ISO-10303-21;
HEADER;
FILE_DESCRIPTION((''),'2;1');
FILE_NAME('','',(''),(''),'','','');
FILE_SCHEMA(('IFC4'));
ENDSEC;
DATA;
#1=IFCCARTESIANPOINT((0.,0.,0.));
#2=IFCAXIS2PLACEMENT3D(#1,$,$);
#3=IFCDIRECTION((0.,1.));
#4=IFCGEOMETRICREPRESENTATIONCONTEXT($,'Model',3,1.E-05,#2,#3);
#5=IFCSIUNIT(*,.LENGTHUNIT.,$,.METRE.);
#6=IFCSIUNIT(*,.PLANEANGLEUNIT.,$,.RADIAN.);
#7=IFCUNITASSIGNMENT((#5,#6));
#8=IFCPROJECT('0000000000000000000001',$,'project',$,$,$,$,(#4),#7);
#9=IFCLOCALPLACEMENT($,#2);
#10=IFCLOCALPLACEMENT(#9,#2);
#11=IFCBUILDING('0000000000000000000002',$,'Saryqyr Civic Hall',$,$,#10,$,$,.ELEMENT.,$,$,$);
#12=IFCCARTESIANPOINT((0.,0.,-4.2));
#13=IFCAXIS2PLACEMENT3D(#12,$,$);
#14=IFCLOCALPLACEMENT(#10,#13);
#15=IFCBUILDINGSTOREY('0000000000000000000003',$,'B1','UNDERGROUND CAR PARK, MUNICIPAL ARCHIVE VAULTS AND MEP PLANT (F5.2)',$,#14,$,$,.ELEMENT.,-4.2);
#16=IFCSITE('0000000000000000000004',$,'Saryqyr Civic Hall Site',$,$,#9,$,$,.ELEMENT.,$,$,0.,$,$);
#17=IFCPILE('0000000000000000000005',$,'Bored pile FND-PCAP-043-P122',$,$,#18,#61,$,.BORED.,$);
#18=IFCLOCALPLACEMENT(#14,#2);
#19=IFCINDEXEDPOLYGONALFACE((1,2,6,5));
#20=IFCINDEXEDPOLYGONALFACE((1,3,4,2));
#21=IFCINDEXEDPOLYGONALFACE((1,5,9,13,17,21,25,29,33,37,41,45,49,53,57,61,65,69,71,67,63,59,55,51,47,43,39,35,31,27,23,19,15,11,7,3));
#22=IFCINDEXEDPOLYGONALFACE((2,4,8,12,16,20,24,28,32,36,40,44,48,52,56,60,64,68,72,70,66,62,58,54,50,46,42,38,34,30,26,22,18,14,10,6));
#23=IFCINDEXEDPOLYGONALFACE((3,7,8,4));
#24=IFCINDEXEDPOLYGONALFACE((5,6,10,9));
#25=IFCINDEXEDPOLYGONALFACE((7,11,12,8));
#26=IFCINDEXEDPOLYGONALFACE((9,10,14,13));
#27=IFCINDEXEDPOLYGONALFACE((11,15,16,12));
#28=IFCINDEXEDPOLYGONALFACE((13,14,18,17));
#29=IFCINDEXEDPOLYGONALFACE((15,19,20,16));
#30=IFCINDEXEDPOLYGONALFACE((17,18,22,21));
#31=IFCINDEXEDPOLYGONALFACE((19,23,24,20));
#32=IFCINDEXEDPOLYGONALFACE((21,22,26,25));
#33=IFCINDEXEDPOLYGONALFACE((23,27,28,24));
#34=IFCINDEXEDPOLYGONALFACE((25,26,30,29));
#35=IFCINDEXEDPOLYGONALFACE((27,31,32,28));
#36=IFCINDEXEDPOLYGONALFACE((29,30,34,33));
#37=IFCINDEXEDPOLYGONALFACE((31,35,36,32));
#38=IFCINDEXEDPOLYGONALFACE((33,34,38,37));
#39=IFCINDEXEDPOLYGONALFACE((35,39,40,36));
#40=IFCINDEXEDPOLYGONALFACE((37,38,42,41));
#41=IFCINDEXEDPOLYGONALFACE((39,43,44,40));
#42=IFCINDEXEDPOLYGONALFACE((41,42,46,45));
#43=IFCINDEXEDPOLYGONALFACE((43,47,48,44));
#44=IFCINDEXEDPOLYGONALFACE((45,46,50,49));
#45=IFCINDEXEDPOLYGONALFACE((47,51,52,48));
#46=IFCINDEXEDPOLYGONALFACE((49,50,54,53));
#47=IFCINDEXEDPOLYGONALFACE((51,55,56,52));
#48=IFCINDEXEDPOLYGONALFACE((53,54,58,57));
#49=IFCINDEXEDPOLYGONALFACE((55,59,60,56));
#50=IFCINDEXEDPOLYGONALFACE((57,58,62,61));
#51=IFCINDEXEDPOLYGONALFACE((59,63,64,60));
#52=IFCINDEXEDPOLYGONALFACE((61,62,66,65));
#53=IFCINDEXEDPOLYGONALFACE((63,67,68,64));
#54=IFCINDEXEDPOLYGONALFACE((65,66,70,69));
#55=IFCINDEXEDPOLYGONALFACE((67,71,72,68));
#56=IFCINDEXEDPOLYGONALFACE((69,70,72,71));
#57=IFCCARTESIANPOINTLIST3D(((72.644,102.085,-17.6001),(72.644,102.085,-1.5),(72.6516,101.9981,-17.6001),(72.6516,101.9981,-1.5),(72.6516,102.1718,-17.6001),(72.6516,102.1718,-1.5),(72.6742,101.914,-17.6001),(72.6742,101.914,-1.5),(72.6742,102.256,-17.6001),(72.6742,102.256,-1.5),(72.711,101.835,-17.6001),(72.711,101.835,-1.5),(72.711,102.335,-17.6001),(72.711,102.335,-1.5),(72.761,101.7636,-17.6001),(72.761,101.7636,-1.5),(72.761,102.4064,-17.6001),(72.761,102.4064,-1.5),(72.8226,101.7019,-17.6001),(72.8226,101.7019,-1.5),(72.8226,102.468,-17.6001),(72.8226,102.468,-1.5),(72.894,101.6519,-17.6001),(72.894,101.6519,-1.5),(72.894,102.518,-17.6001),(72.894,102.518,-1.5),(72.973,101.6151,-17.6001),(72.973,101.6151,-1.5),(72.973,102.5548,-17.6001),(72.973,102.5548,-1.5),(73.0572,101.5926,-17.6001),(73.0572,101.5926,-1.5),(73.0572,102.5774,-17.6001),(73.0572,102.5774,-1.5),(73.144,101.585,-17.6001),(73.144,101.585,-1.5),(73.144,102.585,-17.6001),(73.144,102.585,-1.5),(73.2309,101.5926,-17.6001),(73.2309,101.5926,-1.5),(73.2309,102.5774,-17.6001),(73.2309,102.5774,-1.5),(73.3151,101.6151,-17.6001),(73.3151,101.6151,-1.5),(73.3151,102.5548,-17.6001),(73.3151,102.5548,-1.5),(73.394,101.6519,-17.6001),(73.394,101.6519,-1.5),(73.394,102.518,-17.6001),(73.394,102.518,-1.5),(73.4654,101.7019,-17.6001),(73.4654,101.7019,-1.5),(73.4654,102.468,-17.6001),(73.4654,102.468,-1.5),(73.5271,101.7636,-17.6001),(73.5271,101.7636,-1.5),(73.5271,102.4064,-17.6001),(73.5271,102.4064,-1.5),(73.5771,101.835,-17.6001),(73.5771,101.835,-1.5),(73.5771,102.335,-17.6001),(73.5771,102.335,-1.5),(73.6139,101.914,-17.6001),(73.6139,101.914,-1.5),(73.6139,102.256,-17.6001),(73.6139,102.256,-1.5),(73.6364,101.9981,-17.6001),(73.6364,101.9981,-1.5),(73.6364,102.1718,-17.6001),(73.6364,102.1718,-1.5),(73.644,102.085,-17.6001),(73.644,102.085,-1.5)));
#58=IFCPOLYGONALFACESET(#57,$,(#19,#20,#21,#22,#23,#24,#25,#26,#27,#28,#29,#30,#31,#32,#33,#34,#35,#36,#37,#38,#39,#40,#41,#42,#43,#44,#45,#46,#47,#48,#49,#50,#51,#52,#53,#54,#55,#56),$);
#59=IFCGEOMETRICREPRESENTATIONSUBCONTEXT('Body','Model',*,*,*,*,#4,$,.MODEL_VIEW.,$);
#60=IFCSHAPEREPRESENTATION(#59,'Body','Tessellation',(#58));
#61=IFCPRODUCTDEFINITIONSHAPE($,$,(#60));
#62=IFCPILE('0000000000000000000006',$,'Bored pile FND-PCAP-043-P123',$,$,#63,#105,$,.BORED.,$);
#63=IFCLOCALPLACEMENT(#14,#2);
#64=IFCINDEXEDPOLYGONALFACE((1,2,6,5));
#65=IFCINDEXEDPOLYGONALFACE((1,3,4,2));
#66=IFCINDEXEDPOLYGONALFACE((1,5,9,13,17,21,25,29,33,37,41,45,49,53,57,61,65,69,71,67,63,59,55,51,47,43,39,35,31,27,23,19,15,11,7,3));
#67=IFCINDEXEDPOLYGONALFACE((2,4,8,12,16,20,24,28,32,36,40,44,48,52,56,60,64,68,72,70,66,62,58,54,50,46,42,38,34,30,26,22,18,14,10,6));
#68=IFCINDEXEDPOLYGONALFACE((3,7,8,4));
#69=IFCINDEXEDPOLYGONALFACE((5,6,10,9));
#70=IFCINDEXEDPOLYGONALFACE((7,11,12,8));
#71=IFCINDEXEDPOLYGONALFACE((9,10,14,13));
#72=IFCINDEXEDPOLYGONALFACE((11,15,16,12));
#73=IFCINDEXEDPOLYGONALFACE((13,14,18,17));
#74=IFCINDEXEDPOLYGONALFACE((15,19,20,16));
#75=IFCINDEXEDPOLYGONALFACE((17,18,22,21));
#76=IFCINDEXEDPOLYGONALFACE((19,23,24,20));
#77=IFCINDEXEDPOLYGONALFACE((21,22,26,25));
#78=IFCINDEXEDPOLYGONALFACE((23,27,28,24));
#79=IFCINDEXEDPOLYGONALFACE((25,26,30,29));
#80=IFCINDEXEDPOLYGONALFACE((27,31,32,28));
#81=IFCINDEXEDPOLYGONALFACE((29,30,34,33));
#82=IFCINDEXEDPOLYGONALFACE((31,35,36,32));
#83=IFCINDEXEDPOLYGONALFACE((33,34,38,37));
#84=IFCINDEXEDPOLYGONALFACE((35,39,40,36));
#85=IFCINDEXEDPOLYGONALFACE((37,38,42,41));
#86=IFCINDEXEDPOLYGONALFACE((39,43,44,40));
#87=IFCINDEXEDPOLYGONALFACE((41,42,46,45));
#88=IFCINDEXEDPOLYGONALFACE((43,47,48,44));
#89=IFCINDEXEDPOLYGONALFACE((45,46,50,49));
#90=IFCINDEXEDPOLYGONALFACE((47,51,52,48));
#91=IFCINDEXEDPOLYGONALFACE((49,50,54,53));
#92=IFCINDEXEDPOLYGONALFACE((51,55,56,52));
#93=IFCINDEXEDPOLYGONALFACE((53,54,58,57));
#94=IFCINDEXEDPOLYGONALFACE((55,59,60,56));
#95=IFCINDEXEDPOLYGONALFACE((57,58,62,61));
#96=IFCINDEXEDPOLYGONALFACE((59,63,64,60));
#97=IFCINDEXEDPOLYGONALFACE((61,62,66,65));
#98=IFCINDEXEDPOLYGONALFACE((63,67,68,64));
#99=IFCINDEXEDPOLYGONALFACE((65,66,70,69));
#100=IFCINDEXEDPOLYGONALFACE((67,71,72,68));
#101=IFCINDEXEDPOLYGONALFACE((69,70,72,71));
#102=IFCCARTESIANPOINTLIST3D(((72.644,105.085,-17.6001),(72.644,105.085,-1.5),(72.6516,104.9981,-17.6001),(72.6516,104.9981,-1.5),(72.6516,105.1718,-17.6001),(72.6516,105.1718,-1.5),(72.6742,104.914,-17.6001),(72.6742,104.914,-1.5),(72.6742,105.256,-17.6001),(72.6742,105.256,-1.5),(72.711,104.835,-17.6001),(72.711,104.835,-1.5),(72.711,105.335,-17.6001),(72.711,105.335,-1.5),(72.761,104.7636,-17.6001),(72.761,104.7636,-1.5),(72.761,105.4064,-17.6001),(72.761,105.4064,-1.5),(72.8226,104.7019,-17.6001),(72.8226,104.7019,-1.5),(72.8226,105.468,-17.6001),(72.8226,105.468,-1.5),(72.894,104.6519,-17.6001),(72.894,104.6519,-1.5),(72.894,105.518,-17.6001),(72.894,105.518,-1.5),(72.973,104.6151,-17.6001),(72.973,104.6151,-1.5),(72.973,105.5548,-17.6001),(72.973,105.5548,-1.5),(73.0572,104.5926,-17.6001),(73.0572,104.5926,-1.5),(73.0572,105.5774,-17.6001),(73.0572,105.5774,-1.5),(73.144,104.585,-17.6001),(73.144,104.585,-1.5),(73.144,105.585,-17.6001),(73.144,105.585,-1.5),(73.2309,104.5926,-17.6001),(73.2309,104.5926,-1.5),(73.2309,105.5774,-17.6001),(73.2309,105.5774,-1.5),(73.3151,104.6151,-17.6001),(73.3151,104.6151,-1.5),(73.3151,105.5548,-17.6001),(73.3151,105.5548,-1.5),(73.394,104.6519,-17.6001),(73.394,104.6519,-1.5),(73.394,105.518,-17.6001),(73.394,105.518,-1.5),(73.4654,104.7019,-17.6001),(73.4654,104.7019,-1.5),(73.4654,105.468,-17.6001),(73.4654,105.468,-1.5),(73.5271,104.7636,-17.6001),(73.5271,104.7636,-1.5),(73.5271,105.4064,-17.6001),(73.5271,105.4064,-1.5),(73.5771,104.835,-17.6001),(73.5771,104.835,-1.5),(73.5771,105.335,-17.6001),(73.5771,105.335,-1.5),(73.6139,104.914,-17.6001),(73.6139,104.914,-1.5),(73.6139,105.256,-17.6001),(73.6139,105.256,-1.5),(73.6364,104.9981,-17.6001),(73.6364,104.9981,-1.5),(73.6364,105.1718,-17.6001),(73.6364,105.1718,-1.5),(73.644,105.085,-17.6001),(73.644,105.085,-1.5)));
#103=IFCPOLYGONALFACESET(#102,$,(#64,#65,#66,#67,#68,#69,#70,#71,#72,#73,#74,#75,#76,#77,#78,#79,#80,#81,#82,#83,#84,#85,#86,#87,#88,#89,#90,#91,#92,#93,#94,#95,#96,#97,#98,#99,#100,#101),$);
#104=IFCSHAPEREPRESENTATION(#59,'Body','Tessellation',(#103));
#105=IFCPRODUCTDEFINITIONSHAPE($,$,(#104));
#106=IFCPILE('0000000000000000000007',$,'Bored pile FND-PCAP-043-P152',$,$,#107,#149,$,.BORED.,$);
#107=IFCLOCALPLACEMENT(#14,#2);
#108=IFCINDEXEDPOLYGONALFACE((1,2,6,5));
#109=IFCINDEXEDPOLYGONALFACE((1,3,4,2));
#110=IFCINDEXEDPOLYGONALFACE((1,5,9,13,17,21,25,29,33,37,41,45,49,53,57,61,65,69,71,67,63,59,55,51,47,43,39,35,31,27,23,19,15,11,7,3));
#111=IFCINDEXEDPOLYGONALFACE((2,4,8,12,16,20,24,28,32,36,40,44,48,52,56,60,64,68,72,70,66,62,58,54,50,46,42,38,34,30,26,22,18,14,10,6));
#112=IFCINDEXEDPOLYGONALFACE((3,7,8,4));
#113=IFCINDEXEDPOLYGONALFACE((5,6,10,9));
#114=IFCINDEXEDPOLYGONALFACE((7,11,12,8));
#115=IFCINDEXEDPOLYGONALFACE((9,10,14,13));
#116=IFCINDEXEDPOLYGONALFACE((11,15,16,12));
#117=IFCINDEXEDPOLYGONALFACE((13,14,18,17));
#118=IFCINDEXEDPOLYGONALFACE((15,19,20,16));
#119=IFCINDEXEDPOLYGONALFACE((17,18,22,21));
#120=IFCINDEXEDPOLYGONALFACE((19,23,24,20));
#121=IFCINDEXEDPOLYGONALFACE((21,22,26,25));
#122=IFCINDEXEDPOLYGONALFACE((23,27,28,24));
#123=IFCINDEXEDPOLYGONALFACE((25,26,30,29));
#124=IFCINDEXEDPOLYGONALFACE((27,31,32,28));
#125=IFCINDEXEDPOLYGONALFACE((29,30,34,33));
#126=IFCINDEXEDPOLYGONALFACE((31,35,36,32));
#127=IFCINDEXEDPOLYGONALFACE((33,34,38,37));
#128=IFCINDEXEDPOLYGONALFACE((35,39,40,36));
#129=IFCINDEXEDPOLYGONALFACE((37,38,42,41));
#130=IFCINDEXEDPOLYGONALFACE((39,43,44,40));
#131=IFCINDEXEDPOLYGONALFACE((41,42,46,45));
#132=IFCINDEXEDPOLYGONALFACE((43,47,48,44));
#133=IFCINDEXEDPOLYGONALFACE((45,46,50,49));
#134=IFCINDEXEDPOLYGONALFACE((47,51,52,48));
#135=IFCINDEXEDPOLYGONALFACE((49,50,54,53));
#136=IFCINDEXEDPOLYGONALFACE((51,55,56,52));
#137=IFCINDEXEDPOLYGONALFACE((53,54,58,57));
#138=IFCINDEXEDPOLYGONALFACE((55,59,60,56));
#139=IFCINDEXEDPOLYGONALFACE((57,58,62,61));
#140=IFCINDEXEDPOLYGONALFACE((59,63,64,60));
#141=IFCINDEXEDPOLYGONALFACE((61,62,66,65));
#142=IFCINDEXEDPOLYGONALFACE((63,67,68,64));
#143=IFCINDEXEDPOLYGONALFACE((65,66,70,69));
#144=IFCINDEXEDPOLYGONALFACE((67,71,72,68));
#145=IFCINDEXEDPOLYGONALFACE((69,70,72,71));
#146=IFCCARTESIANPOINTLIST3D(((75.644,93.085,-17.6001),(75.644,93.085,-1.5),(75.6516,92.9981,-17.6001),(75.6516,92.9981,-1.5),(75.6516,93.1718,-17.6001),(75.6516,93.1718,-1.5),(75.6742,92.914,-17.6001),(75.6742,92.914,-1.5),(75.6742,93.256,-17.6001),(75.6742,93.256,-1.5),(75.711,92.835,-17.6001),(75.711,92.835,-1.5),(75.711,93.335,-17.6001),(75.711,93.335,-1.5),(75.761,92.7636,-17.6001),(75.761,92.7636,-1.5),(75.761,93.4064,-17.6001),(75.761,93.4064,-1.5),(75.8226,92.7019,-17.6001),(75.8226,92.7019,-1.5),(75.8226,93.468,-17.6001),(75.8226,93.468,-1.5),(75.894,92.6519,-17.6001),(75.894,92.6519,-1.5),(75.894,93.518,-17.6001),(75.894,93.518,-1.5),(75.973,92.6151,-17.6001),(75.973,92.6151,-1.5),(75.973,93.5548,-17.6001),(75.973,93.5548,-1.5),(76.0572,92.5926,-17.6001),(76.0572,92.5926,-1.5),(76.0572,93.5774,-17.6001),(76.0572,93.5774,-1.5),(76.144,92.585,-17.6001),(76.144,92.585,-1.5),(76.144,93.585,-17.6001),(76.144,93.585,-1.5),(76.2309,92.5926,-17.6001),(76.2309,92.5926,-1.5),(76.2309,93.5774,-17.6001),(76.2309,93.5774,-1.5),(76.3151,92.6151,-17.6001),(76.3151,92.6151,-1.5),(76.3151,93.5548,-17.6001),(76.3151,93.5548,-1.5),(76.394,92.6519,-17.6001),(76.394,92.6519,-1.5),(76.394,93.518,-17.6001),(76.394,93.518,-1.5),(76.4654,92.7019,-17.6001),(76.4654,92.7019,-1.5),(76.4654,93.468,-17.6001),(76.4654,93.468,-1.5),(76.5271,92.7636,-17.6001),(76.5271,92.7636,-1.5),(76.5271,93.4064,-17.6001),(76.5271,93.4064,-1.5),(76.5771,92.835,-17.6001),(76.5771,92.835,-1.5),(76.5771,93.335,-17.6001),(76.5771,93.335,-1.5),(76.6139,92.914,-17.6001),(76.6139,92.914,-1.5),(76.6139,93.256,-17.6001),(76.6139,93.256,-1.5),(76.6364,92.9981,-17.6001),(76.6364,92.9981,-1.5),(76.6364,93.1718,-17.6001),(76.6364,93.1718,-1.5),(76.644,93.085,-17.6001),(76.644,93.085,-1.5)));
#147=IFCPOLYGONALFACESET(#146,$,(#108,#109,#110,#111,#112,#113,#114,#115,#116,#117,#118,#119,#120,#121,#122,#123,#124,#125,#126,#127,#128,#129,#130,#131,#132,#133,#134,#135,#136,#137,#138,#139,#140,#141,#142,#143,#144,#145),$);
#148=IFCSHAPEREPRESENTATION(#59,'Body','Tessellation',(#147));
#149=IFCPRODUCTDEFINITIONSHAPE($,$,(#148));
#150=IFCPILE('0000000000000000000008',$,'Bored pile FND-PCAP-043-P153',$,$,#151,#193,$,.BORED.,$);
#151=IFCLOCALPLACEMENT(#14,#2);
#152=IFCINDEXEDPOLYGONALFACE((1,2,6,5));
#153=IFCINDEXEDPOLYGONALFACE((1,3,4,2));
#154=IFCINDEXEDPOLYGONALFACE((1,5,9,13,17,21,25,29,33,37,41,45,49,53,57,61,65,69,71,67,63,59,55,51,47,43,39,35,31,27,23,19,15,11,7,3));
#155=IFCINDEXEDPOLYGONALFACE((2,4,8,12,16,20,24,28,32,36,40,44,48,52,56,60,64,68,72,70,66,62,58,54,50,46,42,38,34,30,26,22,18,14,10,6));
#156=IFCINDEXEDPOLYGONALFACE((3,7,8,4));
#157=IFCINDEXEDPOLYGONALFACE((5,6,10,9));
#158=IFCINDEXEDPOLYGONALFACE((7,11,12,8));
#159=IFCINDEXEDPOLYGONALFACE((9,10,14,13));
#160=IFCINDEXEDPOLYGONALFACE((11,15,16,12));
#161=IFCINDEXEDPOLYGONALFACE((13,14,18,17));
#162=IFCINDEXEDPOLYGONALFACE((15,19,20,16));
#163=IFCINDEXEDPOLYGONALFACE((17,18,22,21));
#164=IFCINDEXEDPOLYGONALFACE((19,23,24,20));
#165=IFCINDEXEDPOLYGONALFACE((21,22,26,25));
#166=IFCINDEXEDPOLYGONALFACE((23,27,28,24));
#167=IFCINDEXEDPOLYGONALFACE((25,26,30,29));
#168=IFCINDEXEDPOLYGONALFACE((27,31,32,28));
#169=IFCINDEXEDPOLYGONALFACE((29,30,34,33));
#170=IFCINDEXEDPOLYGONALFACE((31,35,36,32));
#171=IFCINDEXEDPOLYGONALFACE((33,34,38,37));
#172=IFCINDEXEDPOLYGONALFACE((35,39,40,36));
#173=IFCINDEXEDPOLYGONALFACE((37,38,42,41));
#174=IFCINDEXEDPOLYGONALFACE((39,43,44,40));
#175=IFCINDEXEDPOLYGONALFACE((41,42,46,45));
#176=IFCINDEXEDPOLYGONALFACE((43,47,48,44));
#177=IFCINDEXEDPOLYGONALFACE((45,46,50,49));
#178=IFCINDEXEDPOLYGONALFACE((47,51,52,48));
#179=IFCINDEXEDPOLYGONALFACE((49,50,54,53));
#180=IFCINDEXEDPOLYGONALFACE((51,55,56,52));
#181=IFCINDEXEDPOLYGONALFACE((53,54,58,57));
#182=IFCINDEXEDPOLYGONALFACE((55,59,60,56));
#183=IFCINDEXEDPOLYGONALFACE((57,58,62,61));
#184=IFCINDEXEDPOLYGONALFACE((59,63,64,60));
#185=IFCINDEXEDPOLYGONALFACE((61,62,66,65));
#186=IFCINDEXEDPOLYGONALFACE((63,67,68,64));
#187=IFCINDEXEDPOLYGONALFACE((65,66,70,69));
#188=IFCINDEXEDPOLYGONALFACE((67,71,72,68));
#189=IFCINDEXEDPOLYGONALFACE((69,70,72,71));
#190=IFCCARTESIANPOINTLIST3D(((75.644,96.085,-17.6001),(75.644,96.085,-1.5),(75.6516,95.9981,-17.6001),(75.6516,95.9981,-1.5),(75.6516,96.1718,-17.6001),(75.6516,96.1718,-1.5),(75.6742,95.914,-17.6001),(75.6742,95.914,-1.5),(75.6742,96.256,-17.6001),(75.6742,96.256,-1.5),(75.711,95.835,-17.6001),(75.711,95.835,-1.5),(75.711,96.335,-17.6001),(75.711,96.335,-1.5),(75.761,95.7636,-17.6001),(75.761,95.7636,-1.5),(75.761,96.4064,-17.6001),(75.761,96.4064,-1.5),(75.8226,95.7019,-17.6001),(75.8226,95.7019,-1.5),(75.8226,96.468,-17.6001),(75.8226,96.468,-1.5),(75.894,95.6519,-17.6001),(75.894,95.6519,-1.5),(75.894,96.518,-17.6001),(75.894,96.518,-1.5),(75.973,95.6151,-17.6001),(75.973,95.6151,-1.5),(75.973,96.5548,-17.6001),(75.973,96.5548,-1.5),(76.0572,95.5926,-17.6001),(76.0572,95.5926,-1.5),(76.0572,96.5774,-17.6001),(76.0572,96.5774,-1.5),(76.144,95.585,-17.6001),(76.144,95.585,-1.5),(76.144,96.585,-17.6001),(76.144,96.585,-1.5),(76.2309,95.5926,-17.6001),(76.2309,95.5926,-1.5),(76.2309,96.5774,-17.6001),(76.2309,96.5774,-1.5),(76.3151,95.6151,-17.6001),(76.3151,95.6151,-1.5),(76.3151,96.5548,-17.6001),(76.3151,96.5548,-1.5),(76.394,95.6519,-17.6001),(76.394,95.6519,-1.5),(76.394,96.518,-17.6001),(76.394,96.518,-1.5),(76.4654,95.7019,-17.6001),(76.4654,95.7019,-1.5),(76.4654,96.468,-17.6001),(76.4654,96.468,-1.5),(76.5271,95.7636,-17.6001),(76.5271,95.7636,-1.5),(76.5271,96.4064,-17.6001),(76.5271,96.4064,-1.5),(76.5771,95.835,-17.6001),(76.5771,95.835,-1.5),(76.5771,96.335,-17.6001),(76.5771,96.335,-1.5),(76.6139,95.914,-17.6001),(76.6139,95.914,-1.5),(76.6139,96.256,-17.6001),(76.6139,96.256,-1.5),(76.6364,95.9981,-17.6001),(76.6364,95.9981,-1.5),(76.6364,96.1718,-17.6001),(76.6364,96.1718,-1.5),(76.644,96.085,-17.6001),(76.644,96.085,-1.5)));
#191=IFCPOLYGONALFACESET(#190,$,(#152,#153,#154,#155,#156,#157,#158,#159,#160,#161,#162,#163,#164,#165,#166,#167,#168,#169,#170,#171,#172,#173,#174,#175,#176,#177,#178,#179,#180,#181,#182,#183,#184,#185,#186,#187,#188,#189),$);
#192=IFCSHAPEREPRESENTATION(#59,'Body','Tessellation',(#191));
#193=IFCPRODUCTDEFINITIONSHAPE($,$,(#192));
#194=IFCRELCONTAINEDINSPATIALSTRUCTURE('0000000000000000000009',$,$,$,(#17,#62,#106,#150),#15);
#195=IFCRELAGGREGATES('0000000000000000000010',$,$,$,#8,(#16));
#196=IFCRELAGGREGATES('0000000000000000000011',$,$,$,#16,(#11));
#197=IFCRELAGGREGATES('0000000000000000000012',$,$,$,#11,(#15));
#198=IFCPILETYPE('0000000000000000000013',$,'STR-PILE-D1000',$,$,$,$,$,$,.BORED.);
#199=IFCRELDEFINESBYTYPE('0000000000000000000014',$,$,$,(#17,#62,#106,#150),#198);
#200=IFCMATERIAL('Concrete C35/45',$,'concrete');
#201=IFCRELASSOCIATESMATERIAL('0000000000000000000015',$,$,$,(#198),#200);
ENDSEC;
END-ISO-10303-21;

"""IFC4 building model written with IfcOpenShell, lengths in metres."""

from ifc_helpers import new_model, si_unit, direction, frame, origin, origin_2d, place, context, subcontext, project, spatial, circle, extrude, material, material_profile, profile_set, type_object, element, save


model = new_model("IFC4")

# Units and contexts
model_context = context("Model", 3, precision=1e-05, world=origin(), true_north=direction((0.0, 1.0)))
body_context = subcontext(model_context, "Body", "Model", "MODEL_VIEW")
ifc_project = project(units=[si_unit("LENGTHUNIT", "METRE"), si_unit("PLANEANGLEUNIT", "RADIAN")], contexts=[model_context])

# Site, building, storey
site_placement = place(None, origin())
site = spatial("IfcSite", under=ifc_project, at=site_placement, Name="Saryqyr Civic Hall Site", CompositionType="ELEMENT", RefElevation=0.0)
building_placement = place(site_placement, origin())
building = spatial("IfcBuilding", under=site, at=building_placement, Name="Saryqyr Civic Hall", CompositionType="ELEMENT")
storey_placement = place(building_placement, frame((0.0, 0.0, -4.2)))
storey = spatial("IfcBuildingStorey", under=building, at=storey_placement, Name="B1", Description="UNDERGROUND CAR PARK, MUNICIPAL ARCHIVE VAULTS AND MEP PLANT (F5.2)", CompositionType="ELEMENT", Elevation=-4.2)

# Piles
ifc_material_1 = material(Name="Concrete C35/45", Category="concrete")
ifc_material_profile_1 = material_profile(ifc_material_1, circle(Radius=0.5, at=origin_2d()), Name="BORED PILE D1000")
ifc_profile_set_1 = profile_set([ifc_material_profile_1], Name="Concrete C35/45")
pile_type = type_object("IfcPileType", Name="STR-PILE-D1000", PredefinedType="BORED", material=ifc_profile_set_1)
for number, where, z_axis, x_axis, name in (
    (1, (73.144, 102.085, -1.5), (0.0, 0.0, -1.0), (1.0, 0.0, 0.0), "Bored pile FND-PCAP-043-P122"),
    (2, (73.144, 105.085, -1.5), (0.0, 0.0, -1.0), (1.0, 0.0, 0.0), "Bored pile FND-PCAP-043-P123"),
    (3, (76.144, 93.085, -1.5), (0.0, 0.0, -1.0), (1.0, 0.0, 0.0), "Bored pile FND-PCAP-043-P152"),
    (4, (76.144, 96.085, -1.5), (0.0, 0.0, -1.0), (1.0, 0.0, 0.0), "Bored pile FND-PCAP-043-P153"),
):
    element("IfcPile", number, at=place(storey_placement, frame(where, z_axis=z_axis, x_axis=x_axis)), inside=storey, type_object=pile_type, Name=name, PredefinedType="BORED", context=body_context, shape_type="SweptSolid", body=[
        extrude(circle(Radius=0.5, at=origin_2d()), origin(), (0.0, 0.0, 1.0), 16.1001),
    ])

save(model, "model.ifc")
